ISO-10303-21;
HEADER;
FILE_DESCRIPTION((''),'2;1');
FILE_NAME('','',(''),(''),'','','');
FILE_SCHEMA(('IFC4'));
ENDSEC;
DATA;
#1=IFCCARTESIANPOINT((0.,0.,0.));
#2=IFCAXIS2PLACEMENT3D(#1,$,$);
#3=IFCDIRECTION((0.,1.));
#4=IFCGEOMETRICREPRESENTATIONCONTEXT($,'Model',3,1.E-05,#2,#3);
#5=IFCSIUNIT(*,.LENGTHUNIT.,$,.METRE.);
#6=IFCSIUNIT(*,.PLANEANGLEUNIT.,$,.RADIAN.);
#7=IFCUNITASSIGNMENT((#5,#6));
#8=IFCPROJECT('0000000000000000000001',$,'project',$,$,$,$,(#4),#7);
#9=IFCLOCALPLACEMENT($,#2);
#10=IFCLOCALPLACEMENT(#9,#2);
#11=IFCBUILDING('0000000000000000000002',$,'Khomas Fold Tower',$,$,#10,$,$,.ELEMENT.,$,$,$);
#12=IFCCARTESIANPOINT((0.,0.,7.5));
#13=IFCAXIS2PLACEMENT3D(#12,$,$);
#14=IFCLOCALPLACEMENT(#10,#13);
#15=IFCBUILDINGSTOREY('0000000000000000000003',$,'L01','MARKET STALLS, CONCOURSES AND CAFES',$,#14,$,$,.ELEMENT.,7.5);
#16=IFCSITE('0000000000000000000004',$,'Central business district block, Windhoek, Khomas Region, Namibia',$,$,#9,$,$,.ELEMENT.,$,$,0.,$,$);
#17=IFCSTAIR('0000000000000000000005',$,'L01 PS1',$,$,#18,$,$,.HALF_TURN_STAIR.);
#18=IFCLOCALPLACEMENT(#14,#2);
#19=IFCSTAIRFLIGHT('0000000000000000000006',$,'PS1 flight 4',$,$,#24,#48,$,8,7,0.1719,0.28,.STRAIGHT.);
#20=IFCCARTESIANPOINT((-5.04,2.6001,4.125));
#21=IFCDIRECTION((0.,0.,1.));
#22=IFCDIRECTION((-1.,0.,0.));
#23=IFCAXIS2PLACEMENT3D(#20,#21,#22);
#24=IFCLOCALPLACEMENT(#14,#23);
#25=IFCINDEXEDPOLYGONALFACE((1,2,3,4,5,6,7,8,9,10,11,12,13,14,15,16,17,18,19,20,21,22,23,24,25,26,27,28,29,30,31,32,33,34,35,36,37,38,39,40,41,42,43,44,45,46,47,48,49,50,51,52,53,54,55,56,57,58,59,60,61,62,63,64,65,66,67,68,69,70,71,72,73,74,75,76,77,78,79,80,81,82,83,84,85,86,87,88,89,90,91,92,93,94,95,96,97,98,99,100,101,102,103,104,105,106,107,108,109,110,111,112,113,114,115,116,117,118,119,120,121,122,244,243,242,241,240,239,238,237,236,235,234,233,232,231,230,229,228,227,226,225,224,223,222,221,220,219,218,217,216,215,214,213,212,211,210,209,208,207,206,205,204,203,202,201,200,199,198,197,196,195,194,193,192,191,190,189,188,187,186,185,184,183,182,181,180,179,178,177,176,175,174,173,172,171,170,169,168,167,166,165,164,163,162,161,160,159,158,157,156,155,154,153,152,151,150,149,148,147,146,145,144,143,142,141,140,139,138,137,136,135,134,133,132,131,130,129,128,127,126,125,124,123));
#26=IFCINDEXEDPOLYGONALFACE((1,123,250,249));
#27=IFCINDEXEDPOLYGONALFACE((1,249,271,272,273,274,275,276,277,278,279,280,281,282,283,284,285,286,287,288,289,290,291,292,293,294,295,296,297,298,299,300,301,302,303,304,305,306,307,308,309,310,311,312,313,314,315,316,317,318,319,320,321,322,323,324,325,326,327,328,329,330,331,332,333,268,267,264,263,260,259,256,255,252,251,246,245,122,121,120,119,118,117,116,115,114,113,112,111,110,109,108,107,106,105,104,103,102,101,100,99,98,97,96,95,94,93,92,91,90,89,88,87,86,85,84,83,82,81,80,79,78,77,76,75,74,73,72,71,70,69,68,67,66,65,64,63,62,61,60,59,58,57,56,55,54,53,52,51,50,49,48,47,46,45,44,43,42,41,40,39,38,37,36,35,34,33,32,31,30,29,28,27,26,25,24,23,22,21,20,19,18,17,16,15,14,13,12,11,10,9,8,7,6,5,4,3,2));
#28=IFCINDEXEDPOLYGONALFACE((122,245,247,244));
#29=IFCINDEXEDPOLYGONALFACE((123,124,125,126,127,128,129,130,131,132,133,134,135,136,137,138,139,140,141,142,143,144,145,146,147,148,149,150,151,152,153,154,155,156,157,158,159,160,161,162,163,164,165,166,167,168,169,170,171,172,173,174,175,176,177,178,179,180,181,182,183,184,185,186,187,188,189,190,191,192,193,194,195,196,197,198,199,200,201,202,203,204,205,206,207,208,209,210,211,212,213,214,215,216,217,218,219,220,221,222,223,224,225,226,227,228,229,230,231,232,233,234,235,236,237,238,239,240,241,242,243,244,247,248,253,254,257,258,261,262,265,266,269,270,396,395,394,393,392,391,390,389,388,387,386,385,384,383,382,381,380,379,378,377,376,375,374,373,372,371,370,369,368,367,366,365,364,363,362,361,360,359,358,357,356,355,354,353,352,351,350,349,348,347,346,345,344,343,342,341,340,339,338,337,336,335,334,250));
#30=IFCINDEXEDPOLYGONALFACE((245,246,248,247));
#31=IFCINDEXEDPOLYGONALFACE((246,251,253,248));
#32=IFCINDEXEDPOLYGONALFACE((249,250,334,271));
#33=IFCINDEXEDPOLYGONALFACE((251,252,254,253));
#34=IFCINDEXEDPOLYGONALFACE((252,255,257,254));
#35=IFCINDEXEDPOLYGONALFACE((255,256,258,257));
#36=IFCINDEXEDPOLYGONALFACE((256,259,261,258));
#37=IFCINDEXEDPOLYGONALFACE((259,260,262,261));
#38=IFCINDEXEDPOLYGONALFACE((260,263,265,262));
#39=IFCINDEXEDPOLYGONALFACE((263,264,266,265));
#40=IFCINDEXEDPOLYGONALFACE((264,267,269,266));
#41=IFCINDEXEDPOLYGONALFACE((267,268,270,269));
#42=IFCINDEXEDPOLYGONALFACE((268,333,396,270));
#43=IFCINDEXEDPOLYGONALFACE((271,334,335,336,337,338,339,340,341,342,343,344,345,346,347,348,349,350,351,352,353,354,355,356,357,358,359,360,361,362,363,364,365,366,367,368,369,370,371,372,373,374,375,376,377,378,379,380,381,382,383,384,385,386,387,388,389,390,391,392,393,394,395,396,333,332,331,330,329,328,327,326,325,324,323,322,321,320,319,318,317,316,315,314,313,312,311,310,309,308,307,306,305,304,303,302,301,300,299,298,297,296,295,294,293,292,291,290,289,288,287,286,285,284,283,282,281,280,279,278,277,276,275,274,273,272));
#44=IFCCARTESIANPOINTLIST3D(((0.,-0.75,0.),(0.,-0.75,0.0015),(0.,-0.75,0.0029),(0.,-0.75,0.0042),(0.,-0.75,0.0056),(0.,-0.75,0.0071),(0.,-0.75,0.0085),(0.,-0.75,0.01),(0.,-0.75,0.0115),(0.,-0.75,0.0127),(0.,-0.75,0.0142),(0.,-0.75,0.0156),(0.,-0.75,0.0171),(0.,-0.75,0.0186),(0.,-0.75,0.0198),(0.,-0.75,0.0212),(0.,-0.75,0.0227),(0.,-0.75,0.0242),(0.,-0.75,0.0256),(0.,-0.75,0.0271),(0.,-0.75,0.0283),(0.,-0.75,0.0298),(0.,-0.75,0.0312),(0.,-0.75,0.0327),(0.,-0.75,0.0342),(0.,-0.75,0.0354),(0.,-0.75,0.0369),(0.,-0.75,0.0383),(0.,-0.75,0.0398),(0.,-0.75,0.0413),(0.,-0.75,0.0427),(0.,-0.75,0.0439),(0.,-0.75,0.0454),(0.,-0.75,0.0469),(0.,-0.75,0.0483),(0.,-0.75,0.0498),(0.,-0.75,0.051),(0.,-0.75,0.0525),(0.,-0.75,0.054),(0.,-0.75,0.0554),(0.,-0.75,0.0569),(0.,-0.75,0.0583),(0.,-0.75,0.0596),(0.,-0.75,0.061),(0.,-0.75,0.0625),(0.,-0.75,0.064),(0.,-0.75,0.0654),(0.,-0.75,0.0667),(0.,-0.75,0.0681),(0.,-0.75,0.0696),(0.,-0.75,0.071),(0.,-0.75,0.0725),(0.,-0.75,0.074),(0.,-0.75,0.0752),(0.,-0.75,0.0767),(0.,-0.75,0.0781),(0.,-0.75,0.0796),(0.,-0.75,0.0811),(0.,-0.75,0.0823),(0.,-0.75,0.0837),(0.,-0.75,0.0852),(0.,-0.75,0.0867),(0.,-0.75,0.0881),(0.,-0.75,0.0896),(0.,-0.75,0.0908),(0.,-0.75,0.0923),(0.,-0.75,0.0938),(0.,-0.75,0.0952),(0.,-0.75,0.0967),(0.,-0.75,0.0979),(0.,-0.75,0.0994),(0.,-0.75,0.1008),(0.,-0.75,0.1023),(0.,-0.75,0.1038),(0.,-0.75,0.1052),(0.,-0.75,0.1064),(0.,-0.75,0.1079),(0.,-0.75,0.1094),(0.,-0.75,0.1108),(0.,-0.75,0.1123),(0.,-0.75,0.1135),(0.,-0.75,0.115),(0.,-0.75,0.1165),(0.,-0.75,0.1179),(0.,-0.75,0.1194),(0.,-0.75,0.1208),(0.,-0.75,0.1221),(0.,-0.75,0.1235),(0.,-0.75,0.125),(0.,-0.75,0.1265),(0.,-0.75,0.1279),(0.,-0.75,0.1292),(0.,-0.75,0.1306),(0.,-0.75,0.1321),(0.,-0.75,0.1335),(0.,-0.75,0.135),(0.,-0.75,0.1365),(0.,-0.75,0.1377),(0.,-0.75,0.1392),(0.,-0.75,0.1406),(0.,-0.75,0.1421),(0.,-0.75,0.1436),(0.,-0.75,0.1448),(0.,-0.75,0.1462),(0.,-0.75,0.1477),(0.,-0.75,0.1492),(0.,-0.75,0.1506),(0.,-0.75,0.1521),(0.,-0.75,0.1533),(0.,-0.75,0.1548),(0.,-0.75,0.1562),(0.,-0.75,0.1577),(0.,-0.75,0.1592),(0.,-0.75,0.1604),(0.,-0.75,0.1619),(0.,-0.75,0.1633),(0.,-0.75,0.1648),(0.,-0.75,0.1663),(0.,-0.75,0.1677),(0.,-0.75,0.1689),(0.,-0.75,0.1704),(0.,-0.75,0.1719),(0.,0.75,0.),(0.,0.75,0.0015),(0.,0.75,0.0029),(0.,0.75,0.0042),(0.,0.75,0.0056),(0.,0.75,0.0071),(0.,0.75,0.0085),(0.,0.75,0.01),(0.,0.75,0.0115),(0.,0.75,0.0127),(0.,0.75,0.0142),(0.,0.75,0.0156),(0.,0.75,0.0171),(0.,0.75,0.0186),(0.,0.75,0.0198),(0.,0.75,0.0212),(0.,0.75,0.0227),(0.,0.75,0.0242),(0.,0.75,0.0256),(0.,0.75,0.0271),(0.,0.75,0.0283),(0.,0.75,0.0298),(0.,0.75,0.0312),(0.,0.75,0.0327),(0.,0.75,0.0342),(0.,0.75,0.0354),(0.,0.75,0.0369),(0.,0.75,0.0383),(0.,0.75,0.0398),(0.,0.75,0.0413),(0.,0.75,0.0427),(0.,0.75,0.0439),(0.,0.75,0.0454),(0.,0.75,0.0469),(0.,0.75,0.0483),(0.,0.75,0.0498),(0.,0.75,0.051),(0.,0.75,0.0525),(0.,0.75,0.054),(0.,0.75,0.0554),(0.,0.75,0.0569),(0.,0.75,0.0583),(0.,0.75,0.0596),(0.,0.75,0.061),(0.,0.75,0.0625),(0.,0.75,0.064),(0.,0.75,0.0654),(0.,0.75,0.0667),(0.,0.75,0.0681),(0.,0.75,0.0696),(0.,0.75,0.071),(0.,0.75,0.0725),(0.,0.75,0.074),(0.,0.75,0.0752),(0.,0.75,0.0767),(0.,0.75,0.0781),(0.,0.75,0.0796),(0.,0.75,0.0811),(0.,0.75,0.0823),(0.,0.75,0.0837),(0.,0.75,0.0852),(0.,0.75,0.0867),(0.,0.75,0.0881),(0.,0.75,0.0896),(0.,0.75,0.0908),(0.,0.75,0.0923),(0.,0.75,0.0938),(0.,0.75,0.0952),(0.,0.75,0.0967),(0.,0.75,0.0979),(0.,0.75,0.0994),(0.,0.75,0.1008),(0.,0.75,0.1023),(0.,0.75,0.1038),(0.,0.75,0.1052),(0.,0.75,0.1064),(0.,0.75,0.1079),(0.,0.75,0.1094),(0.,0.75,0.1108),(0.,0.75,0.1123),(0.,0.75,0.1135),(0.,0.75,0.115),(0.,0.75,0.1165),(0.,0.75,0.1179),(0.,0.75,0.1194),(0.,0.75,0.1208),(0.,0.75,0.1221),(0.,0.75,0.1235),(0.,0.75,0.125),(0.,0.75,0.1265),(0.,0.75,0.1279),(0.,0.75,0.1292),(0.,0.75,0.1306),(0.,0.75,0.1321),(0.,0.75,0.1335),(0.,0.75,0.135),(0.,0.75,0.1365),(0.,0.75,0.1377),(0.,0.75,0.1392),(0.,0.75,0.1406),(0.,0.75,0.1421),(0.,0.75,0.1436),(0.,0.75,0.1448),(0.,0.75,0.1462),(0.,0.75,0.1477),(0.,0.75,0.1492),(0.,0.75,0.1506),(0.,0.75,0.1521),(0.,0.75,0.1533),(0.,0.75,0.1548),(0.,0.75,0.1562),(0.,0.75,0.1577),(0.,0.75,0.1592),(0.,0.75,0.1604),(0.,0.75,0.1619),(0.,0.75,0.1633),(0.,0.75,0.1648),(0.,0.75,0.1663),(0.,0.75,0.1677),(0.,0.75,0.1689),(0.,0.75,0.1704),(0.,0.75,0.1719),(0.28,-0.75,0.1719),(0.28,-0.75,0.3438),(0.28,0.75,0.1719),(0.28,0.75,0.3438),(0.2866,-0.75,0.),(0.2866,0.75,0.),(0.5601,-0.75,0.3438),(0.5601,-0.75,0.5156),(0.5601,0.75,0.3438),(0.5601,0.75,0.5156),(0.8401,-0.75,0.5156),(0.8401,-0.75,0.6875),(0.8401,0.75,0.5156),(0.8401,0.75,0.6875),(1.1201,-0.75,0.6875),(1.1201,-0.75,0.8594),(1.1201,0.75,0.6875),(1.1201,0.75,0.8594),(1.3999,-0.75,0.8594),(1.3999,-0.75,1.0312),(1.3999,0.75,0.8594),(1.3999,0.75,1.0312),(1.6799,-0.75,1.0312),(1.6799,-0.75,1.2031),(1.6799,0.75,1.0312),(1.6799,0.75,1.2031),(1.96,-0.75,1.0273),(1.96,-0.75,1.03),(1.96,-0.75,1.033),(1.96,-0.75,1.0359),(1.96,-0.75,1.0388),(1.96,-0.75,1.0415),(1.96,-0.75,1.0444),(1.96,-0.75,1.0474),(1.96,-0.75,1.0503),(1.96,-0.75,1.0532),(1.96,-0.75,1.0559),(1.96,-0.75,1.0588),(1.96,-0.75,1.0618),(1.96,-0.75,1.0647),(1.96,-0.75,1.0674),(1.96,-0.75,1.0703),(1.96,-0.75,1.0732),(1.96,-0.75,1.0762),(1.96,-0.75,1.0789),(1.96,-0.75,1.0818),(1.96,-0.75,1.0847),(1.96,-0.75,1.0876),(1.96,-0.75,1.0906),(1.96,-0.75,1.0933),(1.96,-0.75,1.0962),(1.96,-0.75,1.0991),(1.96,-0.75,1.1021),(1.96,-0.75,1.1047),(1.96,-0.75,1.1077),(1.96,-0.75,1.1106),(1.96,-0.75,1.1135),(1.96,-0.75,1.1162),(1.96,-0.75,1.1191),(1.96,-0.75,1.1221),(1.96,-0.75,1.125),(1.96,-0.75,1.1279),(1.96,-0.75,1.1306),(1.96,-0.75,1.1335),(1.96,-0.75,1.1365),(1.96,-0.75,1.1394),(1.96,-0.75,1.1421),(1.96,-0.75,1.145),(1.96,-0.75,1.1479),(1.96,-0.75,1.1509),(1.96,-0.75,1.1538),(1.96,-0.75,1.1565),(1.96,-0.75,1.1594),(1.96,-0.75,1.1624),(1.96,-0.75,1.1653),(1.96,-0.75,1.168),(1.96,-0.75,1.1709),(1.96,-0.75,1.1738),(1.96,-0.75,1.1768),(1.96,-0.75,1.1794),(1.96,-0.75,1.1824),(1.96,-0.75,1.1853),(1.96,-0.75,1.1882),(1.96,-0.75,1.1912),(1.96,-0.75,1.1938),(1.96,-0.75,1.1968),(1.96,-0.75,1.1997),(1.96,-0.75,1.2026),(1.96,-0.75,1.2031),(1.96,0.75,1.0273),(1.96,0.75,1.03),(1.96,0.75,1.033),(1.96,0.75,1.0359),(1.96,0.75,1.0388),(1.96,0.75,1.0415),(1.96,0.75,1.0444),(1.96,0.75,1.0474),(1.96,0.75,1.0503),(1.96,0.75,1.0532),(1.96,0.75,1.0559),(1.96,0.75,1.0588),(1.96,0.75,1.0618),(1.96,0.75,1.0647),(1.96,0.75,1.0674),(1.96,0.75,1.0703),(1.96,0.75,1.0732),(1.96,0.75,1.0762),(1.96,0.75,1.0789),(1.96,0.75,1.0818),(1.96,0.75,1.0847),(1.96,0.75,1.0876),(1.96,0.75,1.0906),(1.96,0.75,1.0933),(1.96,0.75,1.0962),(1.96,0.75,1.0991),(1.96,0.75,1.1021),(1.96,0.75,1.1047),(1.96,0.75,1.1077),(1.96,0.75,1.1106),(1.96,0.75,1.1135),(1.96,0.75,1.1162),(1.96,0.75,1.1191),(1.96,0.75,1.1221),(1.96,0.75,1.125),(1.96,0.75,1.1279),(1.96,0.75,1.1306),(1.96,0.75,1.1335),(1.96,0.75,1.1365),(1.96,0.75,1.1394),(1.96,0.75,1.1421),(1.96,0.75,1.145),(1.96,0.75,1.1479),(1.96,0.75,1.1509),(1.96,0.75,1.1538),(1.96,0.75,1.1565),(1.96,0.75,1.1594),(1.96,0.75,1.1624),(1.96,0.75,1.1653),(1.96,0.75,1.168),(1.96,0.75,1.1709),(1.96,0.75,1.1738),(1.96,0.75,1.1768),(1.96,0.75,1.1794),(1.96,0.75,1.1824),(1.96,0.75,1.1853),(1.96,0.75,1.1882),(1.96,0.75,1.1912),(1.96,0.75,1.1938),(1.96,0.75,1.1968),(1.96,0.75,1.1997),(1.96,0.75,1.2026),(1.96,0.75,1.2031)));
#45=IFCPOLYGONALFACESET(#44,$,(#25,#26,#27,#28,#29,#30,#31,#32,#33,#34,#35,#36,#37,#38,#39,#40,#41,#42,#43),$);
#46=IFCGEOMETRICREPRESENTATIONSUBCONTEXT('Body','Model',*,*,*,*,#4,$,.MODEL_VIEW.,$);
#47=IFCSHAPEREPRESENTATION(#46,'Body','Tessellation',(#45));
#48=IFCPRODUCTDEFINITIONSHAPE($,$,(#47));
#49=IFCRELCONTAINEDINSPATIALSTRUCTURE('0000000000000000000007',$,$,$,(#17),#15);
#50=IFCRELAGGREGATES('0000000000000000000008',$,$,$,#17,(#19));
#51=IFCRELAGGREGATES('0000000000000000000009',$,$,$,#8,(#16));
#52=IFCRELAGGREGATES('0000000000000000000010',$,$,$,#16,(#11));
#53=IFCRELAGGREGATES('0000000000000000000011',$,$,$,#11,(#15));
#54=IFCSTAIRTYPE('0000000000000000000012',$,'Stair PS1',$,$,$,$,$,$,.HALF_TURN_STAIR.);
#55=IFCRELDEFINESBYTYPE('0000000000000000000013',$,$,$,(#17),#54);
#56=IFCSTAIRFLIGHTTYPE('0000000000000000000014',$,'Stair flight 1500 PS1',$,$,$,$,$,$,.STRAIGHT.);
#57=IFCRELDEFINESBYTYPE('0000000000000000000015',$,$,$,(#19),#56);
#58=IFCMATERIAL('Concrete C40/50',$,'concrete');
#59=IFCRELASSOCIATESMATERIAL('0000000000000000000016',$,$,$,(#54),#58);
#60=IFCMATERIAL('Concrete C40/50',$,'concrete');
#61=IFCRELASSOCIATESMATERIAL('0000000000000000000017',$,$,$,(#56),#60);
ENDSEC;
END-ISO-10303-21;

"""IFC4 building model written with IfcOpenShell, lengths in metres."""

from ifc_helpers import new_model, si_unit, direction, frame, origin, place, context, subcontext, project, spatial, polyline, outline, extrude, source, transform, mapped, material, type_object, element, aggregate, save


model = new_model("IFC4")

# Units and contexts
model_context = context("Model", 3, precision=1e-05, world=origin(), true_north=direction((0.0, 1.0)))
body_context = subcontext(model_context, "Body", "Model", "MODEL_VIEW")
ifc_project = project(units=[si_unit("LENGTHUNIT", "METRE"), si_unit("PLANEANGLEUNIT", "RADIAN")], contexts=[model_context])

# Site, building, storey
site_placement = place(None, origin())
site = spatial("IfcSite", under=ifc_project, at=site_placement, Name="Central business district block, Windhoek, Khomas Region, Namibia", CompositionType="ELEMENT", RefElevation=0.0)
building_placement = place(site_placement, origin())
building = spatial("IfcBuilding", under=site, at=building_placement, Name="Khomas Fold Tower", CompositionType="ELEMENT")
storey_placement = place(building_placement, frame((0.0, 0.0, 7.5)))
storey = spatial("IfcBuildingStorey", under=building, at=storey_placement, Name="L01", Description="MARKET STALLS, CONCOURSES AND CAFES", CompositionType="ELEMENT", Elevation=7.5)

# Stair, stair flight
ifc_material_1 = material(Name="Concrete C40/50", Category="concrete")
stair_type = type_object("IfcStairType", Name="Stair PS1", PredefinedType="HALF_TURN_STAIR", material=ifc_material_1)
stair_placement = place(storey_placement, origin())
stair = element("IfcStair", 1, at=stair_placement, inside=storey, type_object=stair_type, Name="L01 PS1", PredefinedType="HALF_TURN_STAIR")
ifc_material_2 = material(Name="Concrete C40/50", Category="concrete")
stair_flight_type = type_object("IfcStairFlightType", Name="Stair flight 1500 PS1", PredefinedType="STRAIGHT", material=ifc_material_2)
shared_shape_1 = source(origin(), body_context, "Body", "SweptSolid", [
    extrude(outline(polyline([(0.0, 0.0), (0.0, 0.0015), (0.0, 0.0029), (0.0, 0.0042), (0.0, 0.0056), (0.0, 0.0071), (0.0, 0.0085), (0.0, 0.01), (0.0, 0.0115), (0.0, 0.0127), (0.0, 0.0142), (0.0, 0.0156), (0.0, 0.0171), (0.0, 0.0186), (0.0, 0.0198), (0.0, 0.0212), (0.0, 0.0227), (0.0, 0.0242), (0.0, 0.0256), (0.0, 0.0271), (0.0, 0.0283), (0.0, 0.0298), (0.0, 0.0312), (0.0, 0.0327), (0.0, 0.0342), (0.0, 0.0354), (0.0, 0.0369), (0.0, 0.0383), (0.0, 0.0398), (0.0, 0.0413), (0.0, 0.0427), (0.0, 0.0439), (0.0, 0.0454), (0.0, 0.0469), (0.0, 0.0483), (0.0, 0.0498), (0.0, 0.051), (0.0, 0.0525), (0.0, 0.054), (0.0, 0.0554), (0.0, 0.0569), (0.0, 0.0583), (0.0, 0.0596), (0.0, 0.061), (0.0, 0.0625), (0.0, 0.064), (0.0, 0.0654), (0.0, 0.0667), (0.0, 0.0681), (0.0, 0.0696), (0.0, 0.071), (0.0, 0.0725), (0.0, 0.074), (0.0, 0.0752), (0.0, 0.0767), (0.0, 0.0781), (0.0, 0.0796), (0.0, 0.0811), (0.0, 0.0823), (0.0, 0.0837), (0.0, 0.0852), (0.0, 0.0867), (0.0, 0.0881), (0.0, 0.0896), (0.0, 0.0908), (0.0, 0.0923), (0.0, 0.0938), (0.0, 0.0952), (0.0, 0.0967), (0.0, 0.0979), (0.0, 0.0994), (0.0, 0.1008), (0.0, 0.1023), (0.0, 0.1038), (0.0, 0.1052), (0.0, 0.1064), (0.0, 0.1079), (0.0, 0.1094), (0.0, 0.1108), (0.0, 0.1123), (0.0, 0.1135), (0.0, 0.115), (0.0, 0.1165), (0.0, 0.1179), (0.0, 0.1194), (0.0, 0.1208), (0.0, 0.1221), (0.0, 0.1235), (0.0, 0.125), (0.0, 0.1265), (0.0, 0.1279), (0.0, 0.1292), (0.0, 0.1306), (0.0, 0.1321), (0.0, 0.1335), (0.0, 0.135), (0.0, 0.1365), (0.0, 0.1377), (0.0, 0.1392), (0.0, 0.1406), (0.0, 0.1421), (0.0, 0.1436), (0.0, 0.1448), (0.0, 0.1462), (0.0, 0.1477), (0.0, 0.1492), (0.0, 0.1506), (0.0, 0.1521), (0.0, 0.1533), (0.0, 0.1548), (0.0, 0.1562), (0.0, 0.1577), (0.0, 0.1592), (0.0, 0.1604), (0.0, 0.1619), (0.0, 0.1633), (0.0, 0.1648), (0.0, 0.1663), (0.0, 0.1677), (0.0, 0.1689), (0.0, 0.1704), (0.0, 0.1719), (0.28, 0.1719), (0.28, 0.3438), (0.5601, 0.3438), (0.5601, 0.5156), (0.8401, 0.5156), (0.8401, 0.6875), (1.1201, 0.6875), (1.1201, 0.8594), (1.3999, 0.8594), (1.3999, 1.0312), (1.6799, 1.0312), (1.6799, 1.2031), (1.96, 1.2031), (1.96, 1.375), (1.96, 1.3721), (1.96, 1.3691), (1.96, 1.3665), (1.96, 1.3635), (1.96, 1.3606), (1.96, 1.3577), (1.96, 1.355), (1.96, 1.3521), (1.96, 1.3491), (1.96, 1.3462), (1.96, 1.3435), (1.96, 1.3406), (1.96, 1.3376), (1.96, 1.3347), (1.96, 1.3318), (1.96, 1.3291), (1.96, 1.3262), (1.96, 1.3232), (1.96, 1.3203), (1.96, 1.3176), (1.96, 1.3147), (1.96, 1.3118), (1.96, 1.3088), (1.96, 1.3059), (1.96, 1.3032), (1.96, 1.3003), (1.96, 1.2974), (1.96, 1.2944), (1.96, 1.2917), (1.96, 1.2888), (1.96, 1.2859), (1.96, 1.283), (1.96, 1.2803), (1.96, 1.2773), (1.96, 1.2744), (1.96, 1.2715), (1.96, 1.2686), (1.96, 1.2659), (1.96, 1.2629), (1.96, 1.26), (1.96, 1.2571), (1.96, 1.2544), (1.96, 1.2515), (1.96, 1.2485), (1.96, 1.2456), (1.96, 1.2427), (1.96, 1.24), (1.96, 1.2371), (1.96, 1.2341), (1.96, 1.2312), (1.96, 1.2285), (1.96, 1.2256), (1.96, 1.2227), (1.96, 1.2197), (1.96, 1.217), (1.96, 1.2141), (1.96, 1.2112), (1.96, 1.2083), (1.96, 1.2053), (1.96, 1.2026), (1.96, 1.1997), (1.96, 1.1968), (1.96, 1.1938), (1.96, 1.1912), (1.96, 1.1882), (1.96, 1.1853), (1.96, 1.1824), (1.96, 1.1794), (1.96, 1.1768), (1.96, 1.1738), (1.96, 1.1709), (1.96, 1.168), (1.96, 1.1653), (1.96, 1.1624), (1.96, 1.1594), (1.96, 1.1565), (1.96, 1.1538), (1.96, 1.1509), (1.96, 1.1479), (1.96, 1.145), (1.96, 1.1421), (1.96, 1.1394), (1.96, 1.1365), (1.96, 1.1335), (1.96, 1.1306), (1.96, 1.1279), (1.96, 1.125), (1.96, 1.1221), (1.96, 1.1191), (1.96, 1.1162), (1.96, 1.1135), (1.96, 1.1106), (1.96, 1.1077), (1.96, 1.1047), (1.96, 1.1021), (1.96, 1.0991), (1.96, 1.0962), (1.96, 1.0933), (1.96, 1.0906), (1.96, 1.0876), (1.96, 1.0847), (1.96, 1.0818), (1.96, 1.0789), (1.96, 1.0762), (1.96, 1.0732), (1.96, 1.0703), (1.96, 1.0674), (1.96, 1.0647), (1.96, 1.0618), (1.96, 1.0588), (1.96, 1.0559), (1.96, 1.0532), (1.96, 1.0503), (1.96, 1.0474), (1.96, 1.0444), (1.96, 1.0415), (1.96, 1.0388), (1.96, 1.0359), (1.96, 1.033), (1.96, 1.03), (1.96, 1.0273), (0.2866, 0.0), (0.0, 0.0)])), frame((0.0, 0.75, 0.0), z_axis=(0.0, -1.0, 0.0), x_axis=(1.0, 0.0, 0.0)), (0.0, 0.0, 1.0), 1.5),
])
stair_flight_1_placement = place(storey_placement, frame((-5.04, 2.6001, 4.125), z_axis=(0.0, 0.0, 1.0), x_axis=(-1.0, 0.0, 0.0)))
stair_flight_1 = element("IfcStairFlight", 2, at=stair_flight_1_placement, type_object=stair_flight_type, Name="PS1 flight 4", NumberOfRisers=8, NumberOfTreads=7, PredefinedType="STRAIGHT", RiserHeight=0.1719, TreadLength=0.28, context=body_context, shape_type="MappedRepresentation", body=[
    mapped(shared_shape_1, transform((0.0, 0.0, 0.0))),
])
aggregate(stair, [stair_flight_1])

save(model, "model.ifc")
